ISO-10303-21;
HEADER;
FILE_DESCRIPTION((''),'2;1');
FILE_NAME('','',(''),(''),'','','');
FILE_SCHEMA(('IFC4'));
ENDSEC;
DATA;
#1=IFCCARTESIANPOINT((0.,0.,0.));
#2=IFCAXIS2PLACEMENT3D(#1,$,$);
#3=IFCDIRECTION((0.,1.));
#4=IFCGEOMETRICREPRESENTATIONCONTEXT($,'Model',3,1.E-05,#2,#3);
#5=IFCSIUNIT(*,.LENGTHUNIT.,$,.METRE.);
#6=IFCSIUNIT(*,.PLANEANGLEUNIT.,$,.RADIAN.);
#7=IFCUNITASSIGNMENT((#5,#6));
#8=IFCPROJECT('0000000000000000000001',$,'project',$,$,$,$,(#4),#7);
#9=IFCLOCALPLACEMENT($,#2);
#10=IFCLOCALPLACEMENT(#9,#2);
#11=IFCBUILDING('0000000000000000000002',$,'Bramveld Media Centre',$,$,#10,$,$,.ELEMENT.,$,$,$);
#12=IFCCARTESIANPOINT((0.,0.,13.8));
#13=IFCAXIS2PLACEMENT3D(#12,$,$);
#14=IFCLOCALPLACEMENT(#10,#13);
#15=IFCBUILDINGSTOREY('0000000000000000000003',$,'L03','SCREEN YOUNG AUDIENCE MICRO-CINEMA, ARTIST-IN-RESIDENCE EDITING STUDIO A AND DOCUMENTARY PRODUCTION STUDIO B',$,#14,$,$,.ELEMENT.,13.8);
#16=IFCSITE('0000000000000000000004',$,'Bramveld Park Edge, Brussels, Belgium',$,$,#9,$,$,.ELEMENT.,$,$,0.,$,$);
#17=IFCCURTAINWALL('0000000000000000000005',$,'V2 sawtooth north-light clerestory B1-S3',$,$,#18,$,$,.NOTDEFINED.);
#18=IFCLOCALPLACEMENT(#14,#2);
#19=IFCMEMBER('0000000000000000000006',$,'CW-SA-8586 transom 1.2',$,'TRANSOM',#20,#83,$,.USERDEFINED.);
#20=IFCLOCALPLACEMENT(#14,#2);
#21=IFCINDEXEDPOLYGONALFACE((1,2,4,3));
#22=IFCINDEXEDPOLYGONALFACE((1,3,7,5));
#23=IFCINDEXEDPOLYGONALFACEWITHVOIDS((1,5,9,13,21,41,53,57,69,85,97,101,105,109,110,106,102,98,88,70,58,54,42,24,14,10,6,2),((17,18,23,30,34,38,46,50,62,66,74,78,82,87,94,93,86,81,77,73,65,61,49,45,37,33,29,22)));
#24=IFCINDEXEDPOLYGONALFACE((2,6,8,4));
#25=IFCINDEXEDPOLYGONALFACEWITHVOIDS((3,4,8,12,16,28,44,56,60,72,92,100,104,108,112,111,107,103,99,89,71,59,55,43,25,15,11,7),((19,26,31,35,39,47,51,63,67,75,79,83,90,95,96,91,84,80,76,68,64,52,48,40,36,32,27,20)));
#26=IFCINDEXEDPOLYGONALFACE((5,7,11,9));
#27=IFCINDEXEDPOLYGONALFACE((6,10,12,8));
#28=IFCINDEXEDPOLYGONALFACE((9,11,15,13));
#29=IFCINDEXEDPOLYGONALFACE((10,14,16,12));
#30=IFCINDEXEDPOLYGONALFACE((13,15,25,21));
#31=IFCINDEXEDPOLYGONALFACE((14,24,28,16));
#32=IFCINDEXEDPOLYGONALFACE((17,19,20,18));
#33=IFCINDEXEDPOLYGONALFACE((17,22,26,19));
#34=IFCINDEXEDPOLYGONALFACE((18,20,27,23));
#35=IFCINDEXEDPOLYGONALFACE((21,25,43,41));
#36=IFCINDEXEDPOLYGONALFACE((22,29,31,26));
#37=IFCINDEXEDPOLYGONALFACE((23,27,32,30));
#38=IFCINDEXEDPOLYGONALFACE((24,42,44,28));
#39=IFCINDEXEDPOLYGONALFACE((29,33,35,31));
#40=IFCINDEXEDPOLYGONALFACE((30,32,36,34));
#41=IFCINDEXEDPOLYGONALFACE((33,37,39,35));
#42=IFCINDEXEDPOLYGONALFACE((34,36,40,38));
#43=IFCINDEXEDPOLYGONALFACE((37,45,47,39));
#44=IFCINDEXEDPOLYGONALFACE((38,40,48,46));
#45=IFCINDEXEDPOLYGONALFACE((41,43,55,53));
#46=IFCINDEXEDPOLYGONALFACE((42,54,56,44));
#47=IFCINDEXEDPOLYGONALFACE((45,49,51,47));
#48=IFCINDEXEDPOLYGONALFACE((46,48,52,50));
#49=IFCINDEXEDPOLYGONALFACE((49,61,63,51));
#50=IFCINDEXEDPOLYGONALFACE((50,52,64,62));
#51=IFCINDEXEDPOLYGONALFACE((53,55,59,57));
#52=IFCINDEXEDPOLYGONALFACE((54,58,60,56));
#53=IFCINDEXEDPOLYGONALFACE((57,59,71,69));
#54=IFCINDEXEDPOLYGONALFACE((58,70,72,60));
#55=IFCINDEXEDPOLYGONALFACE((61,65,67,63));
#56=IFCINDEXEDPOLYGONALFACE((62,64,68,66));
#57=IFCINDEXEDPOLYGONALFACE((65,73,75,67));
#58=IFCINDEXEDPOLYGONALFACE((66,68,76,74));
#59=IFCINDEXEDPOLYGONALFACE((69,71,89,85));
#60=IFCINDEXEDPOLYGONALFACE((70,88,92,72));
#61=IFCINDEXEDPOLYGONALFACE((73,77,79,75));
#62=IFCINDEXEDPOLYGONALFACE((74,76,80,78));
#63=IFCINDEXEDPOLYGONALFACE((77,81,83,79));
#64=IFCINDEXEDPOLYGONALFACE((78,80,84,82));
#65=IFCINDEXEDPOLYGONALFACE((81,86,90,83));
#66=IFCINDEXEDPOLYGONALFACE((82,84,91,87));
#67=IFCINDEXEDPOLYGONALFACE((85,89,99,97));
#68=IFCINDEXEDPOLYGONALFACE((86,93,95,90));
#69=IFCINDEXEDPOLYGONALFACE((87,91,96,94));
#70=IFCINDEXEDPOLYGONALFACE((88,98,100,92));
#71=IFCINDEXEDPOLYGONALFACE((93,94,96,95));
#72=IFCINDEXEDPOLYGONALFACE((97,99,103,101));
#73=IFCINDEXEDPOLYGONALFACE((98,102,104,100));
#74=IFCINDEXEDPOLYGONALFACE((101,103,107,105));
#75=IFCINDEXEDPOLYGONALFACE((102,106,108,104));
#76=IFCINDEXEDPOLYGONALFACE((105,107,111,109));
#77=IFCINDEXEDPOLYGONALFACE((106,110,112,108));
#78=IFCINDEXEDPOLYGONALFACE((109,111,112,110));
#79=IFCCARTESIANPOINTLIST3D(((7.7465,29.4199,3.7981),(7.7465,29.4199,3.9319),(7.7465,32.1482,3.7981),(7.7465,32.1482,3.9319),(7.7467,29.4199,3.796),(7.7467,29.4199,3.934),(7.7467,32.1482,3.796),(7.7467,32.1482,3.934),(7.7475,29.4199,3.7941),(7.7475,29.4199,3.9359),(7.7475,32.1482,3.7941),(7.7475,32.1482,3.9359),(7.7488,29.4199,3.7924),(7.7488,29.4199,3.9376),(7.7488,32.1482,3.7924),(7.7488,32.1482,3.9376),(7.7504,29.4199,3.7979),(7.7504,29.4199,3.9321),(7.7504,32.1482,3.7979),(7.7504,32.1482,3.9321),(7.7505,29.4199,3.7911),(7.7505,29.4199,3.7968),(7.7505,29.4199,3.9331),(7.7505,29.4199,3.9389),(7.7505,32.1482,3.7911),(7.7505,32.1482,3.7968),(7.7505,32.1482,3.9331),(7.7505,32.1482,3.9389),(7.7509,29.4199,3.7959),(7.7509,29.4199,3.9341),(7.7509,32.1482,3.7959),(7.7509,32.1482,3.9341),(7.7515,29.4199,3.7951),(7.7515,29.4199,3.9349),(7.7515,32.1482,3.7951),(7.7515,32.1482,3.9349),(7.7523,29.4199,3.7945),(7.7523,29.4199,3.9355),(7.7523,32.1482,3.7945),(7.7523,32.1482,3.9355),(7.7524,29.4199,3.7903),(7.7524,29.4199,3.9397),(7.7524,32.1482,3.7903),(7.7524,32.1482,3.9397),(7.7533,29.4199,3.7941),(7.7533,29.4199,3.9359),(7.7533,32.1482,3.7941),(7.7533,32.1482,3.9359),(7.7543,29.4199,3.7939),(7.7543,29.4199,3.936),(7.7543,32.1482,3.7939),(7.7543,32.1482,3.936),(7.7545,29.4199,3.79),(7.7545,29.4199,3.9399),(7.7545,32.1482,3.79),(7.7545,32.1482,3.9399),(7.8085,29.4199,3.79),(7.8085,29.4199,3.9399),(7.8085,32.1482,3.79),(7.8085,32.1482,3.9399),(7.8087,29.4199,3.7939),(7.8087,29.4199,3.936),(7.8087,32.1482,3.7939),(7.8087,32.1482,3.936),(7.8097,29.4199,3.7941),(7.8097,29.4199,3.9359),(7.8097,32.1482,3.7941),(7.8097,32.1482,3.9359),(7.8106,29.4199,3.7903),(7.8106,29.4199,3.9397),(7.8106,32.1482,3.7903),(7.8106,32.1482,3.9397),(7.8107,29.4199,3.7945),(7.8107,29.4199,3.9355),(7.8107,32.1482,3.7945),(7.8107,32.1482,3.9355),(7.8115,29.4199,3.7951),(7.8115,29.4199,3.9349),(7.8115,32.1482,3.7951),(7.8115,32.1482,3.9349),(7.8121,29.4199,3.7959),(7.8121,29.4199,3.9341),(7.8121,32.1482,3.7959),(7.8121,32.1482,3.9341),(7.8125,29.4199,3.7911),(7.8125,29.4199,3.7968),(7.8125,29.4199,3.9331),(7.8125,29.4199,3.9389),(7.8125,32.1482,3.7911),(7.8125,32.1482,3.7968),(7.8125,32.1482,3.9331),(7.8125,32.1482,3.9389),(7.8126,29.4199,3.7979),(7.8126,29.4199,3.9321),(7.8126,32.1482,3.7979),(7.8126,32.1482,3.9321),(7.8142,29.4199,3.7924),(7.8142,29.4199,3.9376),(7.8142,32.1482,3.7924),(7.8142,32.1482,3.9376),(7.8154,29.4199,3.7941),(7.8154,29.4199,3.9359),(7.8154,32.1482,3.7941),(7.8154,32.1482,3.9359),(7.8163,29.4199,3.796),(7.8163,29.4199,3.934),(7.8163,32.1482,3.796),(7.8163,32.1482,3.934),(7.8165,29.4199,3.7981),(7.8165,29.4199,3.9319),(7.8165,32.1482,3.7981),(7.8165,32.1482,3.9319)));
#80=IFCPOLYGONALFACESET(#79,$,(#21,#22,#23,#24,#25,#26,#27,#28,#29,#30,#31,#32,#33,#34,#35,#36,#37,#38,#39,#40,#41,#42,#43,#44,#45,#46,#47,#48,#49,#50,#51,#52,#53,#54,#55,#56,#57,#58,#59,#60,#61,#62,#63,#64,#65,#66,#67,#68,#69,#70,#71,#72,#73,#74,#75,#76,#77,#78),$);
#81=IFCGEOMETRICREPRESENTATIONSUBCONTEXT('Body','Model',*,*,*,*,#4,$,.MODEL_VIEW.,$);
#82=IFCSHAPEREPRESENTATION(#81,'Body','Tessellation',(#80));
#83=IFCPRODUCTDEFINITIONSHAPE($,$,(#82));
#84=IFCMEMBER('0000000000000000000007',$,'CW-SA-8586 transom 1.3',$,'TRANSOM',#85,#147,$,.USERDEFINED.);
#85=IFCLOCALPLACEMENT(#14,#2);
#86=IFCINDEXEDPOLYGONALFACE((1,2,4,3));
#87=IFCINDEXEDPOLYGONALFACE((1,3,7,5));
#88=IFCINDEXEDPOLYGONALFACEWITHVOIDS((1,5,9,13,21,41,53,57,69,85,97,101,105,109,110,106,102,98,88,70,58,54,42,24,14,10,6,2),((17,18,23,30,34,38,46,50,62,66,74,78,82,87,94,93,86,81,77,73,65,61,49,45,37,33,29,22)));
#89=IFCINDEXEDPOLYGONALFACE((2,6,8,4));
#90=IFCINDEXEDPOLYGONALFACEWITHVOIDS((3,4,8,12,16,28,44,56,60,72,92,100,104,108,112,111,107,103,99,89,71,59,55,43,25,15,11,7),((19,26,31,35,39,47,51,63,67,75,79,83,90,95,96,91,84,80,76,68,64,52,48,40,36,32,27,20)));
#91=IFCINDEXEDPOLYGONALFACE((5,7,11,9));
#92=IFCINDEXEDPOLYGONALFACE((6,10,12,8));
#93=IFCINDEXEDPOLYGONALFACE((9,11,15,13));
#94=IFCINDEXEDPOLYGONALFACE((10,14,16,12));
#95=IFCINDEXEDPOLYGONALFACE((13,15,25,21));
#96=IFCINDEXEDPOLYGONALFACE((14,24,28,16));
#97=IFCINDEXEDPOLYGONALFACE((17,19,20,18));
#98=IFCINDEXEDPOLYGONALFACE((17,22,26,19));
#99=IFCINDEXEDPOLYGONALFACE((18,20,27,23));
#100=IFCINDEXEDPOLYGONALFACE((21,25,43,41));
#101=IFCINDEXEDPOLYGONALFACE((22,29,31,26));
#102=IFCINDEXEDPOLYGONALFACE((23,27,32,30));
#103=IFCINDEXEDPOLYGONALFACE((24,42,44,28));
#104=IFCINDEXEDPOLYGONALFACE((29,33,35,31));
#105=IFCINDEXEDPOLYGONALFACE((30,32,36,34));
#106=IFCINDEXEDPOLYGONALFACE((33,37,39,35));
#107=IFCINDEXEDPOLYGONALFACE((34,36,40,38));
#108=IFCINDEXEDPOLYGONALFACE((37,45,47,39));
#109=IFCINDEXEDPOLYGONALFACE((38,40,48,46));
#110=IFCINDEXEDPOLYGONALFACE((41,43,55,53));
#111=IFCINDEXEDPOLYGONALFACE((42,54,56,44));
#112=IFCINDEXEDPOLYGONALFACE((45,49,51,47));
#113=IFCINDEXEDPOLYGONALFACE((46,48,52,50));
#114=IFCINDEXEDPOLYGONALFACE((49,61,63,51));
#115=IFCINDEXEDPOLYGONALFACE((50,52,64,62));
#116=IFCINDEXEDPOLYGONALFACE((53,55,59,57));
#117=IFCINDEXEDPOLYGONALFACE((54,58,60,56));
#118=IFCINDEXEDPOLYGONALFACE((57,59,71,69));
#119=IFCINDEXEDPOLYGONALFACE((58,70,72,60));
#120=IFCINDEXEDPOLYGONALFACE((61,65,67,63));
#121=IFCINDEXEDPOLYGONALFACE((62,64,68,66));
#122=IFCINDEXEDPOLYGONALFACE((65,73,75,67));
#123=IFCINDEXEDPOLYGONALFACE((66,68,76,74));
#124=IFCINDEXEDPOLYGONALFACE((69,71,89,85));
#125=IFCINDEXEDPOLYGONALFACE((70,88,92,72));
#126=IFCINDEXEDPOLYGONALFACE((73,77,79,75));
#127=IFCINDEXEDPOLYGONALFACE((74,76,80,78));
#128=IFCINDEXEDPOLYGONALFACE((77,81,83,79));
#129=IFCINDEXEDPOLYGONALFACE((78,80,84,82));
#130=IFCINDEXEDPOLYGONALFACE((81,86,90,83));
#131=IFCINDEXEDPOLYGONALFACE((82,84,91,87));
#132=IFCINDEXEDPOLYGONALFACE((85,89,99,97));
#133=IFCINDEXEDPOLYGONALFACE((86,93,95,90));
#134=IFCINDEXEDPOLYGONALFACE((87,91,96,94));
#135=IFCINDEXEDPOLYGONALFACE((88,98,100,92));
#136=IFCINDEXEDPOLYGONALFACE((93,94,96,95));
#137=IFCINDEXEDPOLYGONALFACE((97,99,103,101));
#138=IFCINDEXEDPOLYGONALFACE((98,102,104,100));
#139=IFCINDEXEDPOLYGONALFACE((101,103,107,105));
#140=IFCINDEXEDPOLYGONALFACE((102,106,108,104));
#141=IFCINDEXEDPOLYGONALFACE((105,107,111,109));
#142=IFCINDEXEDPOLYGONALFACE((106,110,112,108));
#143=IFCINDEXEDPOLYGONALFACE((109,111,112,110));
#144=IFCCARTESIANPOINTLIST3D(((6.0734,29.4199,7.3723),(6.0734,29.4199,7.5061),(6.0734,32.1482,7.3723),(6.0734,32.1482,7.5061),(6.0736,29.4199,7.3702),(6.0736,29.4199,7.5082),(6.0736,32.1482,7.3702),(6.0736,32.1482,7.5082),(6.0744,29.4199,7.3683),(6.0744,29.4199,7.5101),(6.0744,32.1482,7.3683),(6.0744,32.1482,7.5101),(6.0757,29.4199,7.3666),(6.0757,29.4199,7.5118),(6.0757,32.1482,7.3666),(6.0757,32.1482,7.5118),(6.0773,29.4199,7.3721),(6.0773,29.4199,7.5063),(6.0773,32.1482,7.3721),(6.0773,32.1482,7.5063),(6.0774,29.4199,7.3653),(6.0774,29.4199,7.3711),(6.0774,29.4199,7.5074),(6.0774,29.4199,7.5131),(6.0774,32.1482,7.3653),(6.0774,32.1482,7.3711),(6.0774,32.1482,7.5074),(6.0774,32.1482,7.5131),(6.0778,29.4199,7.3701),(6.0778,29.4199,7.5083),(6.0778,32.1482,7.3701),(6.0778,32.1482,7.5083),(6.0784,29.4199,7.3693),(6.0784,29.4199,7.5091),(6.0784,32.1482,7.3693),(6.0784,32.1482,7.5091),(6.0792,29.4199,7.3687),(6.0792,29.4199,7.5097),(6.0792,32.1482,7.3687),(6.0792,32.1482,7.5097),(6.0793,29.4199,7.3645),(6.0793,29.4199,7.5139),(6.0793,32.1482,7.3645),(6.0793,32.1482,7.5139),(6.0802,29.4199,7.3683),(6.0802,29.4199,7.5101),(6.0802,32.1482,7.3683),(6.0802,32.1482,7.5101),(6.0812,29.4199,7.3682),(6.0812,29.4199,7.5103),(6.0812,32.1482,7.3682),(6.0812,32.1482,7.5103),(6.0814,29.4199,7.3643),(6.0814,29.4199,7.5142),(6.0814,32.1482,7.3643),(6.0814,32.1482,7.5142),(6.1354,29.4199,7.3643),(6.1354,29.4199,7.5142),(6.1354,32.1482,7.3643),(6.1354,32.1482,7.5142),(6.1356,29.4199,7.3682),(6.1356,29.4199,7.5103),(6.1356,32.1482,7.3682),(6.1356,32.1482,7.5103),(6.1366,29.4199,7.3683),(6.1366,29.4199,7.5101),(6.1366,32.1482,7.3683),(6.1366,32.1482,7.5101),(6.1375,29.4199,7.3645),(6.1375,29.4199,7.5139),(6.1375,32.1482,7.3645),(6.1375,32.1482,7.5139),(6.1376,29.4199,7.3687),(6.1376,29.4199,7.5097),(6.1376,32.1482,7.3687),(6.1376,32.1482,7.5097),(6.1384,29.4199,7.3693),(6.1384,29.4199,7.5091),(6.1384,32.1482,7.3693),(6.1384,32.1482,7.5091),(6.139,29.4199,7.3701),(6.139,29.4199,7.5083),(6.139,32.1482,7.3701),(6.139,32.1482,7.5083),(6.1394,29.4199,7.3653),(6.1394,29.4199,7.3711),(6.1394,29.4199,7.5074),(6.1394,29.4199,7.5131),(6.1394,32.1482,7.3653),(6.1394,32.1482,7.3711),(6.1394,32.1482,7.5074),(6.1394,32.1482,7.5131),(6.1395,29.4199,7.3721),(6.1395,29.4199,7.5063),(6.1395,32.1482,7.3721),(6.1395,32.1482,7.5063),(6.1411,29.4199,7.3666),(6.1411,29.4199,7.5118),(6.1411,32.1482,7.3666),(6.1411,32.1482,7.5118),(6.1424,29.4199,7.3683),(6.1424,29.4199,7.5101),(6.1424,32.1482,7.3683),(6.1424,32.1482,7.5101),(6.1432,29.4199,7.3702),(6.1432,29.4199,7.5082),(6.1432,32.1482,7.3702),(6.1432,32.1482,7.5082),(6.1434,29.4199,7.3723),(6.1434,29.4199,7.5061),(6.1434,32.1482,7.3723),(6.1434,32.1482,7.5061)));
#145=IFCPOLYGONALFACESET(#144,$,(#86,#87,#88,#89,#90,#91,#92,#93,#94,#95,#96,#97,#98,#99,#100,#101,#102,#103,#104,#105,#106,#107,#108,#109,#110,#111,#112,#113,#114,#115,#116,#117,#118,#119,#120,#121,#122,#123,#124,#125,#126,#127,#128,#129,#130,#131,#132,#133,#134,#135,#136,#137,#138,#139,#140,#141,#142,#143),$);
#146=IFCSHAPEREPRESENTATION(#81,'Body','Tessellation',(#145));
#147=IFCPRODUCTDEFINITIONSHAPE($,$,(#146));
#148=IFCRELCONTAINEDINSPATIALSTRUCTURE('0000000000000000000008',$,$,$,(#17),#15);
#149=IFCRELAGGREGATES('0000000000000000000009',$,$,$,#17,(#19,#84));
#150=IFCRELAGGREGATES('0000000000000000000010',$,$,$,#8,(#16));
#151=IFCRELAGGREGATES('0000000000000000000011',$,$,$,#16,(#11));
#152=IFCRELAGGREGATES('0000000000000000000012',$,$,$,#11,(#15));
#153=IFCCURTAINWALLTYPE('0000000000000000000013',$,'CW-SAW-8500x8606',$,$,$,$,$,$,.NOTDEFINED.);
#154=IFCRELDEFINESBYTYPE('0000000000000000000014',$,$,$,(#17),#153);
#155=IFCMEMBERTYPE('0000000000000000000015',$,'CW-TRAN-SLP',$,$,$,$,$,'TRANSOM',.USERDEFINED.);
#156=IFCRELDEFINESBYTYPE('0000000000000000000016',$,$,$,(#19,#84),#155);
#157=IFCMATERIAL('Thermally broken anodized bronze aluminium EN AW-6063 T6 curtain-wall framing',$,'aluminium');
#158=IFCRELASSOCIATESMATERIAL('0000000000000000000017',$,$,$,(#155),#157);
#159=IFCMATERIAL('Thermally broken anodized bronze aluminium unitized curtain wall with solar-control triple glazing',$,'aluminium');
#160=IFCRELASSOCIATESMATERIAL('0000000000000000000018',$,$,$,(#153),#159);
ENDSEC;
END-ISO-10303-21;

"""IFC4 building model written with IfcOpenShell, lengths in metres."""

from ifc_helpers import new_model, si_unit, direction, frame, origin, origin_2d, place, context, subcontext, project, spatial, hollow_rectangle, extrude, material, material_profile, profile_set, type_object, element, aggregate, save


model = new_model("IFC4")

# Units and contexts
model_context = context("Model", 3, precision=1e-05, world=origin(), true_north=direction((0.0, 1.0)))
body_context = subcontext(model_context, "Body", "Model", "MODEL_VIEW")
ifc_project = project(units=[si_unit("LENGTHUNIT", "METRE"), si_unit("PLANEANGLEUNIT", "RADIAN")], contexts=[model_context])

# Site, building, storey
site_placement = place(None, origin())
site = spatial("IfcSite", under=ifc_project, at=site_placement, Name="Bramveld Park Edge, Brussels, Belgium", CompositionType="ELEMENT", RefElevation=0.0)
building_placement = place(site_placement, origin())
building = spatial("IfcBuilding", under=site, at=building_placement, Name="Bramveld Media Centre", CompositionType="ELEMENT")
storey_placement = place(building_placement, frame((0.0, 0.0, 13.8)))
storey = spatial("IfcBuildingStorey", under=building, at=storey_placement, Name="L03", Description="SCREEN YOUNG AUDIENCE MICRO-CINEMA, ARTIST-IN-RESIDENCE EDITING STUDIO A AND DOCUMENTARY PRODUCTION STUDIO B", CompositionType="ELEMENT", Elevation=13.8)

# Curtain wall, members
ifc_material_1 = material(Name="Thermally broken anodized bronze aluminium EN AW-6063 T6 curtain-wall framing", Category="aluminium")
ifc_material_profile_1 = material_profile(ifc_material_1, hollow_rectangle(XDim=0.0701, YDim=0.1499, WallThickness=0.0039, InnerFilletRadius=0.0039, OuterFilletRadius=0.0081, at=origin_2d()), Name="AL-TRAN 70x150")
ifc_profile_set_1 = profile_set([ifc_material_profile_1], Name="Thermally broken anodized bronze aluminium EN AW-6063 T6 curtain-wall framing")
member_type_1 = type_object("IfcMemberType", Name="CW-TRAN-SLP", ElementType="TRANSOM", PredefinedType="USERDEFINED", material=ifc_profile_set_1)
ifc_material_2 = material(Name="Thermally broken anodized bronze aluminium unitized curtain wall with solar-control triple glazing", Category="aluminium")
curtain_wall_type_1 = type_object("IfcCurtainWallType", Name="CW-SAW-8500x8606", PredefinedType="NOTDEFINED", material=ifc_material_2)
curtain_wall_1_placement = place(storey_placement, origin())
curtain_wall_1 = element("IfcCurtainWall", 1, at=curtain_wall_1_placement, inside=storey, type_object=curtain_wall_type_1, Name="V2 sawtooth north-light clerestory B1-S3", PredefinedType="NOTDEFINED")
member_1_placement = place(storey_placement, frame((7.7815, 29.4199, 3.865), z_axis=(0.0, 1.0, 0.0), x_axis=(-1.0, 0.0, 0.0)))
member_1 = element("IfcMember", 2, at=member_1_placement, type_object=member_type_1, Name="CW-SA-8586 transom 1.2", ObjectType="TRANSOM", PredefinedType="USERDEFINED", context=body_context, shape_type="SweptSolid", body=[
    extrude(hollow_rectangle(XDim=0.0701, YDim=0.1499, WallThickness=0.0039, InnerFilletRadius=0.0039, OuterFilletRadius=0.0081, at=origin_2d()), origin(), (0.0, 0.0, 1.0), 2.7283),
])
member_2_placement = place(storey_placement, frame((6.1084, 29.4199, 7.4392), z_axis=(0.0, 1.0, 0.0), x_axis=(-1.0, 0.0, 0.0)))
member_2 = element("IfcMember", 3, at=member_2_placement, type_object=member_type_1, Name="CW-SA-8586 transom 1.3", ObjectType="TRANSOM", PredefinedType="USERDEFINED", context=body_context, shape_type="SweptSolid", body=[
    extrude(hollow_rectangle(XDim=0.0701, YDim=0.1499, WallThickness=0.0039, InnerFilletRadius=0.0039, OuterFilletRadius=0.0081, at=origin_2d()), origin(), (0.0, 0.0, 1.0), 2.7283),
])

aggregate(curtain_wall_1, [member_1, member_2])

save(model, "model.ifc")
